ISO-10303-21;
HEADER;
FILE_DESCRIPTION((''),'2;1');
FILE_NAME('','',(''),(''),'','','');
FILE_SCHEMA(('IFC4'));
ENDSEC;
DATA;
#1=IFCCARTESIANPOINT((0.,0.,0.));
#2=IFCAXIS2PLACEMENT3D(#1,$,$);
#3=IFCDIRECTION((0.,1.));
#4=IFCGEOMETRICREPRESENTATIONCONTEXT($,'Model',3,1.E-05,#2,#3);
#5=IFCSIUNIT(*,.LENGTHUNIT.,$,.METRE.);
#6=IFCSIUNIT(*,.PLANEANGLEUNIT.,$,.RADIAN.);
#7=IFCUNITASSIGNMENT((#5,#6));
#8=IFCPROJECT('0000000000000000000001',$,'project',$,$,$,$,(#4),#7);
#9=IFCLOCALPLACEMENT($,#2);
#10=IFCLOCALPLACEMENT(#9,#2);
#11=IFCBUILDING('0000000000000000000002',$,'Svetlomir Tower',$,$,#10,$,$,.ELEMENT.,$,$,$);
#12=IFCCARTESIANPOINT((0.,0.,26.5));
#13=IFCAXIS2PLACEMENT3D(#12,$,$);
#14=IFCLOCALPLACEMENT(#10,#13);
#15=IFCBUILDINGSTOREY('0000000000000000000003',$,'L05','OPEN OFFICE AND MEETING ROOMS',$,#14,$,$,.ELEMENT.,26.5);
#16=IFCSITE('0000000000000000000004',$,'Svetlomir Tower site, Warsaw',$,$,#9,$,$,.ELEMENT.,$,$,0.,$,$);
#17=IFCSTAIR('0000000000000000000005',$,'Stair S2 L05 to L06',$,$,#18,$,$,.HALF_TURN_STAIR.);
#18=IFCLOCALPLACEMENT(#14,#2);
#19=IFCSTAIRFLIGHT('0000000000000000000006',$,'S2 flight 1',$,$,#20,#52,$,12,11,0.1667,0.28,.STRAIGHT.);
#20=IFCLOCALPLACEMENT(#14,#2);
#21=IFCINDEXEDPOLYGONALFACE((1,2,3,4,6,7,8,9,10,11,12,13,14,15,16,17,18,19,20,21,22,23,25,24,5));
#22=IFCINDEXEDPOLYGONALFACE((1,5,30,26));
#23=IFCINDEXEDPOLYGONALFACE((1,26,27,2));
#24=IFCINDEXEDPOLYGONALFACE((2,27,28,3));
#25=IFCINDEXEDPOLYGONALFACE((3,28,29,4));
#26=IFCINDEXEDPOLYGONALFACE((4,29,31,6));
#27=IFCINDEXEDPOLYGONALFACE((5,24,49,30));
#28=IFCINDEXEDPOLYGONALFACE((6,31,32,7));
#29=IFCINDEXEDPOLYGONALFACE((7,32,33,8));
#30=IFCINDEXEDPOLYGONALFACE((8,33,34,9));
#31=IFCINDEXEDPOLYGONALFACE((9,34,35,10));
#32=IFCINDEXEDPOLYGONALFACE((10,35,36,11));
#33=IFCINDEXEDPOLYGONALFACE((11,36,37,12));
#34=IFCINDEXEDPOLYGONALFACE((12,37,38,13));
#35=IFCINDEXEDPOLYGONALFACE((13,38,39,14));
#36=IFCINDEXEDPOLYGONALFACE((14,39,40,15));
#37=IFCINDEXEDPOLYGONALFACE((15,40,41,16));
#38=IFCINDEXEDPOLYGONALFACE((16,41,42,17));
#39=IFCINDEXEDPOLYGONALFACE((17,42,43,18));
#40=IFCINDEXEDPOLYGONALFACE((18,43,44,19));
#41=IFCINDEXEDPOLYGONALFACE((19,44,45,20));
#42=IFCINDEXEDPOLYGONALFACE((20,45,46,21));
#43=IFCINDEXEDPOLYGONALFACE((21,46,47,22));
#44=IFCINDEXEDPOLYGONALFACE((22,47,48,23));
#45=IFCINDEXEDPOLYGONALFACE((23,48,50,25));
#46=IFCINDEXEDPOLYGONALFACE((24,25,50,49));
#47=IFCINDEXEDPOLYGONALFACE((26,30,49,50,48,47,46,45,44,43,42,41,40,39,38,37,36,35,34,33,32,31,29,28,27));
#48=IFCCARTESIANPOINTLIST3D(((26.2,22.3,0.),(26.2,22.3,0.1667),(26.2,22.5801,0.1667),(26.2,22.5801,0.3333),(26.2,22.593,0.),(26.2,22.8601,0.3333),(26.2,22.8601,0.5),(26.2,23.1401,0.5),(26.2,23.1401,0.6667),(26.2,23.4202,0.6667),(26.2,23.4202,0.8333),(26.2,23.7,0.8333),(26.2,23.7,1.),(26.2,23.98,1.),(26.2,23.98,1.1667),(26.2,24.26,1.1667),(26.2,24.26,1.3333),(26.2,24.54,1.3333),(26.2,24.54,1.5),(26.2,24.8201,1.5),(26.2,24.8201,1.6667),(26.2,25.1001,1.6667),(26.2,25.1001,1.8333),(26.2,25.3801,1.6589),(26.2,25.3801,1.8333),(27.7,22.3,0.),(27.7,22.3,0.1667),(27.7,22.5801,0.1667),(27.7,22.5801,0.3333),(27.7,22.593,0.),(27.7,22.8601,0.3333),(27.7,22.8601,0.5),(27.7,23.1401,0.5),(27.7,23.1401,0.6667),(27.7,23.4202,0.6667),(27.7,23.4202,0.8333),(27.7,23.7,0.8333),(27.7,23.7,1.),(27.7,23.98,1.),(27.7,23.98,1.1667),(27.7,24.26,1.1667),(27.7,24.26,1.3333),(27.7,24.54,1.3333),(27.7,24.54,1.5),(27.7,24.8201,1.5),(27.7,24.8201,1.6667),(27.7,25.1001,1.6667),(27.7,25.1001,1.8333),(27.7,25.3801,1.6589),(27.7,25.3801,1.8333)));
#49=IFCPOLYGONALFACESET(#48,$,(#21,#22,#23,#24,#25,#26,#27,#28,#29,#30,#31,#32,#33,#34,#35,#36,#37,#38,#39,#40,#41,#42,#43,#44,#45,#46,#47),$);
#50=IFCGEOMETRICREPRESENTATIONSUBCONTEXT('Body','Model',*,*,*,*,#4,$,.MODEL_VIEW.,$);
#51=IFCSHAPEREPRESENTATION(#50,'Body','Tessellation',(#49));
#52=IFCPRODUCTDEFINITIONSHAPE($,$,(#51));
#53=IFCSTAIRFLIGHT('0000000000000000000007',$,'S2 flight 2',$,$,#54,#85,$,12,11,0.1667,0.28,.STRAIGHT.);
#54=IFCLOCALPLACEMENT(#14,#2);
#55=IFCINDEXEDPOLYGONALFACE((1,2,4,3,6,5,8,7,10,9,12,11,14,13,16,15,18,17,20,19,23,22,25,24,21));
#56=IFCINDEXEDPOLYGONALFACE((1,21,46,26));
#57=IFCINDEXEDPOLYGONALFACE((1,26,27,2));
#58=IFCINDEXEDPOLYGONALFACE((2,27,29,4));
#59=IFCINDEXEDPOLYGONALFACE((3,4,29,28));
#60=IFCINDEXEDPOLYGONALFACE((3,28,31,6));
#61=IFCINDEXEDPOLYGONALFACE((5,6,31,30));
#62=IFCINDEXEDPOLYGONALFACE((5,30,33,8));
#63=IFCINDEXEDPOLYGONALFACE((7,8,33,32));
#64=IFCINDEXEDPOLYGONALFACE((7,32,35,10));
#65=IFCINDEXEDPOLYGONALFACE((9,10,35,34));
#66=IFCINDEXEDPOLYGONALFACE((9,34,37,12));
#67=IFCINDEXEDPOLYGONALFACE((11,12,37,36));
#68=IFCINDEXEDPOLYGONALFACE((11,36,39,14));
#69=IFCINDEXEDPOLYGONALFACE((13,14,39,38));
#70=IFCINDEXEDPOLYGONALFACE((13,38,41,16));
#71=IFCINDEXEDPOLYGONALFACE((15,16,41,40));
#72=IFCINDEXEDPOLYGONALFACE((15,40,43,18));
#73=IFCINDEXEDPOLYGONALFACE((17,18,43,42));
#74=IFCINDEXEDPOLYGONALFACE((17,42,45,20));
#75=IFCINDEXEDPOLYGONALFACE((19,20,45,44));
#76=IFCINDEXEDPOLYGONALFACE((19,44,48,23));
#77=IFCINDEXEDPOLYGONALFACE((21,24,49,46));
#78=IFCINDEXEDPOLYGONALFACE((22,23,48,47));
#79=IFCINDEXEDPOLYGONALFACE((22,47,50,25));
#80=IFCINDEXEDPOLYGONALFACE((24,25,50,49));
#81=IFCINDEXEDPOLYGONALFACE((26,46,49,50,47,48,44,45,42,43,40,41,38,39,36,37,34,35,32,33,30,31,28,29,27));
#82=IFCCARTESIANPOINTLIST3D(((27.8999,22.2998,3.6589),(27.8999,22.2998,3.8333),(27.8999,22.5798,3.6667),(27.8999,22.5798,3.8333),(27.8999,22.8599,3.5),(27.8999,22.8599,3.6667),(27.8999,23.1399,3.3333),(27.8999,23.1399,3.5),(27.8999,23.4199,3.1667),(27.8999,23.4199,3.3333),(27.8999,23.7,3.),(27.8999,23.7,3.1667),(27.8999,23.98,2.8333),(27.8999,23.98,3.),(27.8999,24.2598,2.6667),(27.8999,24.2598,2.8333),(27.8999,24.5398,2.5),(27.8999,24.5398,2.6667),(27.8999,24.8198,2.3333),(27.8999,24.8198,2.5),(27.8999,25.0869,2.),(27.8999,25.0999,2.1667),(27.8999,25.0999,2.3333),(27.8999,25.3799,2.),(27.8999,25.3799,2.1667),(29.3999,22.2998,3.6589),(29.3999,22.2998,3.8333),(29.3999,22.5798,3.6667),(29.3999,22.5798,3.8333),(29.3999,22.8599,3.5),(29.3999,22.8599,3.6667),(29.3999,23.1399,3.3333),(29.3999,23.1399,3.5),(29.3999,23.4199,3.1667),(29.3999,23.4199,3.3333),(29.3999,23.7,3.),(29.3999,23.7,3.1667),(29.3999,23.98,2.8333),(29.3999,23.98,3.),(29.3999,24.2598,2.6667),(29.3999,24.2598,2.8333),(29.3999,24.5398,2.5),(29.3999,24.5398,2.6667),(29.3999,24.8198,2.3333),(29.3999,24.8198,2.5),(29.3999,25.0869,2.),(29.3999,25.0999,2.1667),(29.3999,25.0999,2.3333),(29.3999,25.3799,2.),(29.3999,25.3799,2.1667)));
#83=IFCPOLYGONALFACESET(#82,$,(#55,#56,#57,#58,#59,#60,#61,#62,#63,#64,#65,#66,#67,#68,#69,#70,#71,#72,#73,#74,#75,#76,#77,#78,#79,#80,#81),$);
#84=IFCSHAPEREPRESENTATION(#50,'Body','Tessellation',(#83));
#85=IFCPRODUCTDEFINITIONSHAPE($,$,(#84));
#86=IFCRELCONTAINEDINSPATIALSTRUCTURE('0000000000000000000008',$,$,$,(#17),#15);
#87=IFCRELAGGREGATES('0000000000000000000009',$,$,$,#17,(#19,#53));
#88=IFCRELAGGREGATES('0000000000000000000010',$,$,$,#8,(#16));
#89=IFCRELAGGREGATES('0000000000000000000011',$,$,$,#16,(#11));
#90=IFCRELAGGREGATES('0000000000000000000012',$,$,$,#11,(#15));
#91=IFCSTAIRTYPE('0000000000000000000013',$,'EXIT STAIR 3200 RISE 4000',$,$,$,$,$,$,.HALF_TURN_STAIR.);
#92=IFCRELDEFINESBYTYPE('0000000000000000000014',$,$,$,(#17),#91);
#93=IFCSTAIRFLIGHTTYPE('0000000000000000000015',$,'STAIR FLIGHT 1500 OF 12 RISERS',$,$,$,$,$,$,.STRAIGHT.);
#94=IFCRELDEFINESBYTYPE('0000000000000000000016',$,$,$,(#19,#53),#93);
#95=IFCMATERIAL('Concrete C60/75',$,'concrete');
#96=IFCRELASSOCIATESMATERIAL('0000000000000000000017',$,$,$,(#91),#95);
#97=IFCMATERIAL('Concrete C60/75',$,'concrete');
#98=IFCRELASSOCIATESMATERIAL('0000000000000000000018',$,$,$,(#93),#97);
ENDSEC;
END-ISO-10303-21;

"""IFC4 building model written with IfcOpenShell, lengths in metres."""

from ifc_helpers import new_model, si_unit, direction, frame, origin, place, context, subcontext, project, spatial, polyline, outline, extrude, material, type_object, element, aggregate, save


model = new_model("IFC4")

# Units and contexts
model_context = context("Model", 3, precision=1e-05, world=origin(), true_north=direction((0.0, 1.0)))
body_context = subcontext(model_context, "Body", "Model", "MODEL_VIEW")
ifc_project = project(units=[si_unit("LENGTHUNIT", "METRE"), si_unit("PLANEANGLEUNIT", "RADIAN")], contexts=[model_context])

# Site, building, storey
site_placement = place(None, origin())
site = spatial("IfcSite", under=ifc_project, at=site_placement, Name="Svetlomir Tower site, Warsaw", CompositionType="ELEMENT", RefElevation=0.0)
building_placement = place(site_placement, origin())
building = spatial("IfcBuilding", under=site, at=building_placement, Name="Svetlomir Tower", CompositionType="ELEMENT")
storey_placement = place(building_placement, frame((0.0, 0.0, 26.5)))
storey = spatial("IfcBuildingStorey", under=building, at=storey_placement, Name="L05", Description="OPEN OFFICE AND MEETING ROOMS", CompositionType="ELEMENT", Elevation=26.5)

# Shared definitions
ifc_material_1 = material(Name="Concrete C60/75", Category="concrete")
stair_type = type_object("IfcStairType", Name="EXIT STAIR 3200 RISE 4000", PredefinedType="HALF_TURN_STAIR", material=ifc_material_1)
ifc_material_2 = material(Name="Concrete C60/75", Category="concrete")
stair_flight_type = type_object("IfcStairFlightType", Name="STAIR FLIGHT 1500 OF 12 RISERS", PredefinedType="STRAIGHT", material=ifc_material_2)

# Stair, stair flights
stair_1_placement = place(storey_placement, origin())
stair_1 = element("IfcStair", 1, at=stair_1_placement, inside=storey, type_object=stair_type, Name="Stair S2 L05 to L06", PredefinedType="HALF_TURN_STAIR")
stair_flight_1_placement = place(storey_placement, frame((26.95, 22.3, 0.0), z_axis=(0.0, 0.0, 1.0), x_axis=(0.0, 1.0, 0.0)))
stair_flight_1 = element("IfcStairFlight", 2, at=stair_flight_1_placement, type_object=stair_flight_type, Name="S2 flight 1", NumberOfRisers=12, NumberOfTreads=11, PredefinedType="STRAIGHT", RiserHeight=0.1667, TreadLength=0.28, context=body_context, shape_type="SweptSolid", body=[
    extrude(outline(polyline([(0.0, 0.0), (0.0, 0.1667), (0.28, 0.1667), (0.28, 0.3333), (0.5601, 0.3333), (0.5601, 0.5), (0.8401, 0.5), (0.8401, 0.6667), (1.1201, 0.6667), (1.1201, 0.8333), (1.3999, 0.8333), (1.3999, 1.0), (1.6799, 1.0), (1.6799, 1.1667), (1.96, 1.1667), (1.96, 1.3333), (2.24, 1.3333), (2.24, 1.5), (2.52, 1.5), (2.52, 1.6667), (2.8, 1.6667), (2.8, 1.8333), (3.0801, 1.8333), (3.0801, 2.0), (3.0801, 1.6589), (0.293, 0.0), (0.0, 0.0)])), frame((0.0, 0.75, 0.0), z_axis=(0.0, -1.0, 0.0), x_axis=(1.0, 0.0, 0.0)), (0.0, 0.0, 1.0), 1.5),
])
stair_flight_2_placement = place(storey_placement, frame((28.6499, 25.3799, 2.0), z_axis=(0.0, 0.0, 1.0), x_axis=(0.0, -1.0, 0.0)))
stair_flight_2 = element("IfcStairFlight", 3, at=stair_flight_2_placement, type_object=stair_flight_type, Name="S2 flight 2", NumberOfRisers=12, NumberOfTreads=11, PredefinedType="STRAIGHT", RiserHeight=0.1667, TreadLength=0.28, context=body_context, shape_type="SweptSolid", body=[
    extrude(outline(polyline([(0.0, 0.0), (0.0, 0.1667), (0.28, 0.1667), (0.28, 0.3333), (0.5601, 0.3333), (0.5601, 0.5), (0.8401, 0.5), (0.8401, 0.6667), (1.1201, 0.6667), (1.1201, 0.8333), (1.3999, 0.8333), (1.3999, 1.0), (1.6799, 1.0), (1.6799, 1.1667), (1.96, 1.1667), (1.96, 1.3333), (2.24, 1.3333), (2.24, 1.5), (2.52, 1.5), (2.52, 1.6667), (2.8, 1.6667), (2.8, 1.8333), (3.0801, 1.8333), (3.0801, 2.0), (3.0801, 1.6589), (0.293, 0.0), (0.0, 0.0)])), frame((0.0, 0.75, 0.0), z_axis=(0.0, -1.0, 0.0), x_axis=(1.0, 0.0, 0.0)), (0.0, 0.0, 1.0), 1.5),
])
aggregate(stair_1, [stair_flight_1, stair_flight_2])

save(model, "model.ifc")
